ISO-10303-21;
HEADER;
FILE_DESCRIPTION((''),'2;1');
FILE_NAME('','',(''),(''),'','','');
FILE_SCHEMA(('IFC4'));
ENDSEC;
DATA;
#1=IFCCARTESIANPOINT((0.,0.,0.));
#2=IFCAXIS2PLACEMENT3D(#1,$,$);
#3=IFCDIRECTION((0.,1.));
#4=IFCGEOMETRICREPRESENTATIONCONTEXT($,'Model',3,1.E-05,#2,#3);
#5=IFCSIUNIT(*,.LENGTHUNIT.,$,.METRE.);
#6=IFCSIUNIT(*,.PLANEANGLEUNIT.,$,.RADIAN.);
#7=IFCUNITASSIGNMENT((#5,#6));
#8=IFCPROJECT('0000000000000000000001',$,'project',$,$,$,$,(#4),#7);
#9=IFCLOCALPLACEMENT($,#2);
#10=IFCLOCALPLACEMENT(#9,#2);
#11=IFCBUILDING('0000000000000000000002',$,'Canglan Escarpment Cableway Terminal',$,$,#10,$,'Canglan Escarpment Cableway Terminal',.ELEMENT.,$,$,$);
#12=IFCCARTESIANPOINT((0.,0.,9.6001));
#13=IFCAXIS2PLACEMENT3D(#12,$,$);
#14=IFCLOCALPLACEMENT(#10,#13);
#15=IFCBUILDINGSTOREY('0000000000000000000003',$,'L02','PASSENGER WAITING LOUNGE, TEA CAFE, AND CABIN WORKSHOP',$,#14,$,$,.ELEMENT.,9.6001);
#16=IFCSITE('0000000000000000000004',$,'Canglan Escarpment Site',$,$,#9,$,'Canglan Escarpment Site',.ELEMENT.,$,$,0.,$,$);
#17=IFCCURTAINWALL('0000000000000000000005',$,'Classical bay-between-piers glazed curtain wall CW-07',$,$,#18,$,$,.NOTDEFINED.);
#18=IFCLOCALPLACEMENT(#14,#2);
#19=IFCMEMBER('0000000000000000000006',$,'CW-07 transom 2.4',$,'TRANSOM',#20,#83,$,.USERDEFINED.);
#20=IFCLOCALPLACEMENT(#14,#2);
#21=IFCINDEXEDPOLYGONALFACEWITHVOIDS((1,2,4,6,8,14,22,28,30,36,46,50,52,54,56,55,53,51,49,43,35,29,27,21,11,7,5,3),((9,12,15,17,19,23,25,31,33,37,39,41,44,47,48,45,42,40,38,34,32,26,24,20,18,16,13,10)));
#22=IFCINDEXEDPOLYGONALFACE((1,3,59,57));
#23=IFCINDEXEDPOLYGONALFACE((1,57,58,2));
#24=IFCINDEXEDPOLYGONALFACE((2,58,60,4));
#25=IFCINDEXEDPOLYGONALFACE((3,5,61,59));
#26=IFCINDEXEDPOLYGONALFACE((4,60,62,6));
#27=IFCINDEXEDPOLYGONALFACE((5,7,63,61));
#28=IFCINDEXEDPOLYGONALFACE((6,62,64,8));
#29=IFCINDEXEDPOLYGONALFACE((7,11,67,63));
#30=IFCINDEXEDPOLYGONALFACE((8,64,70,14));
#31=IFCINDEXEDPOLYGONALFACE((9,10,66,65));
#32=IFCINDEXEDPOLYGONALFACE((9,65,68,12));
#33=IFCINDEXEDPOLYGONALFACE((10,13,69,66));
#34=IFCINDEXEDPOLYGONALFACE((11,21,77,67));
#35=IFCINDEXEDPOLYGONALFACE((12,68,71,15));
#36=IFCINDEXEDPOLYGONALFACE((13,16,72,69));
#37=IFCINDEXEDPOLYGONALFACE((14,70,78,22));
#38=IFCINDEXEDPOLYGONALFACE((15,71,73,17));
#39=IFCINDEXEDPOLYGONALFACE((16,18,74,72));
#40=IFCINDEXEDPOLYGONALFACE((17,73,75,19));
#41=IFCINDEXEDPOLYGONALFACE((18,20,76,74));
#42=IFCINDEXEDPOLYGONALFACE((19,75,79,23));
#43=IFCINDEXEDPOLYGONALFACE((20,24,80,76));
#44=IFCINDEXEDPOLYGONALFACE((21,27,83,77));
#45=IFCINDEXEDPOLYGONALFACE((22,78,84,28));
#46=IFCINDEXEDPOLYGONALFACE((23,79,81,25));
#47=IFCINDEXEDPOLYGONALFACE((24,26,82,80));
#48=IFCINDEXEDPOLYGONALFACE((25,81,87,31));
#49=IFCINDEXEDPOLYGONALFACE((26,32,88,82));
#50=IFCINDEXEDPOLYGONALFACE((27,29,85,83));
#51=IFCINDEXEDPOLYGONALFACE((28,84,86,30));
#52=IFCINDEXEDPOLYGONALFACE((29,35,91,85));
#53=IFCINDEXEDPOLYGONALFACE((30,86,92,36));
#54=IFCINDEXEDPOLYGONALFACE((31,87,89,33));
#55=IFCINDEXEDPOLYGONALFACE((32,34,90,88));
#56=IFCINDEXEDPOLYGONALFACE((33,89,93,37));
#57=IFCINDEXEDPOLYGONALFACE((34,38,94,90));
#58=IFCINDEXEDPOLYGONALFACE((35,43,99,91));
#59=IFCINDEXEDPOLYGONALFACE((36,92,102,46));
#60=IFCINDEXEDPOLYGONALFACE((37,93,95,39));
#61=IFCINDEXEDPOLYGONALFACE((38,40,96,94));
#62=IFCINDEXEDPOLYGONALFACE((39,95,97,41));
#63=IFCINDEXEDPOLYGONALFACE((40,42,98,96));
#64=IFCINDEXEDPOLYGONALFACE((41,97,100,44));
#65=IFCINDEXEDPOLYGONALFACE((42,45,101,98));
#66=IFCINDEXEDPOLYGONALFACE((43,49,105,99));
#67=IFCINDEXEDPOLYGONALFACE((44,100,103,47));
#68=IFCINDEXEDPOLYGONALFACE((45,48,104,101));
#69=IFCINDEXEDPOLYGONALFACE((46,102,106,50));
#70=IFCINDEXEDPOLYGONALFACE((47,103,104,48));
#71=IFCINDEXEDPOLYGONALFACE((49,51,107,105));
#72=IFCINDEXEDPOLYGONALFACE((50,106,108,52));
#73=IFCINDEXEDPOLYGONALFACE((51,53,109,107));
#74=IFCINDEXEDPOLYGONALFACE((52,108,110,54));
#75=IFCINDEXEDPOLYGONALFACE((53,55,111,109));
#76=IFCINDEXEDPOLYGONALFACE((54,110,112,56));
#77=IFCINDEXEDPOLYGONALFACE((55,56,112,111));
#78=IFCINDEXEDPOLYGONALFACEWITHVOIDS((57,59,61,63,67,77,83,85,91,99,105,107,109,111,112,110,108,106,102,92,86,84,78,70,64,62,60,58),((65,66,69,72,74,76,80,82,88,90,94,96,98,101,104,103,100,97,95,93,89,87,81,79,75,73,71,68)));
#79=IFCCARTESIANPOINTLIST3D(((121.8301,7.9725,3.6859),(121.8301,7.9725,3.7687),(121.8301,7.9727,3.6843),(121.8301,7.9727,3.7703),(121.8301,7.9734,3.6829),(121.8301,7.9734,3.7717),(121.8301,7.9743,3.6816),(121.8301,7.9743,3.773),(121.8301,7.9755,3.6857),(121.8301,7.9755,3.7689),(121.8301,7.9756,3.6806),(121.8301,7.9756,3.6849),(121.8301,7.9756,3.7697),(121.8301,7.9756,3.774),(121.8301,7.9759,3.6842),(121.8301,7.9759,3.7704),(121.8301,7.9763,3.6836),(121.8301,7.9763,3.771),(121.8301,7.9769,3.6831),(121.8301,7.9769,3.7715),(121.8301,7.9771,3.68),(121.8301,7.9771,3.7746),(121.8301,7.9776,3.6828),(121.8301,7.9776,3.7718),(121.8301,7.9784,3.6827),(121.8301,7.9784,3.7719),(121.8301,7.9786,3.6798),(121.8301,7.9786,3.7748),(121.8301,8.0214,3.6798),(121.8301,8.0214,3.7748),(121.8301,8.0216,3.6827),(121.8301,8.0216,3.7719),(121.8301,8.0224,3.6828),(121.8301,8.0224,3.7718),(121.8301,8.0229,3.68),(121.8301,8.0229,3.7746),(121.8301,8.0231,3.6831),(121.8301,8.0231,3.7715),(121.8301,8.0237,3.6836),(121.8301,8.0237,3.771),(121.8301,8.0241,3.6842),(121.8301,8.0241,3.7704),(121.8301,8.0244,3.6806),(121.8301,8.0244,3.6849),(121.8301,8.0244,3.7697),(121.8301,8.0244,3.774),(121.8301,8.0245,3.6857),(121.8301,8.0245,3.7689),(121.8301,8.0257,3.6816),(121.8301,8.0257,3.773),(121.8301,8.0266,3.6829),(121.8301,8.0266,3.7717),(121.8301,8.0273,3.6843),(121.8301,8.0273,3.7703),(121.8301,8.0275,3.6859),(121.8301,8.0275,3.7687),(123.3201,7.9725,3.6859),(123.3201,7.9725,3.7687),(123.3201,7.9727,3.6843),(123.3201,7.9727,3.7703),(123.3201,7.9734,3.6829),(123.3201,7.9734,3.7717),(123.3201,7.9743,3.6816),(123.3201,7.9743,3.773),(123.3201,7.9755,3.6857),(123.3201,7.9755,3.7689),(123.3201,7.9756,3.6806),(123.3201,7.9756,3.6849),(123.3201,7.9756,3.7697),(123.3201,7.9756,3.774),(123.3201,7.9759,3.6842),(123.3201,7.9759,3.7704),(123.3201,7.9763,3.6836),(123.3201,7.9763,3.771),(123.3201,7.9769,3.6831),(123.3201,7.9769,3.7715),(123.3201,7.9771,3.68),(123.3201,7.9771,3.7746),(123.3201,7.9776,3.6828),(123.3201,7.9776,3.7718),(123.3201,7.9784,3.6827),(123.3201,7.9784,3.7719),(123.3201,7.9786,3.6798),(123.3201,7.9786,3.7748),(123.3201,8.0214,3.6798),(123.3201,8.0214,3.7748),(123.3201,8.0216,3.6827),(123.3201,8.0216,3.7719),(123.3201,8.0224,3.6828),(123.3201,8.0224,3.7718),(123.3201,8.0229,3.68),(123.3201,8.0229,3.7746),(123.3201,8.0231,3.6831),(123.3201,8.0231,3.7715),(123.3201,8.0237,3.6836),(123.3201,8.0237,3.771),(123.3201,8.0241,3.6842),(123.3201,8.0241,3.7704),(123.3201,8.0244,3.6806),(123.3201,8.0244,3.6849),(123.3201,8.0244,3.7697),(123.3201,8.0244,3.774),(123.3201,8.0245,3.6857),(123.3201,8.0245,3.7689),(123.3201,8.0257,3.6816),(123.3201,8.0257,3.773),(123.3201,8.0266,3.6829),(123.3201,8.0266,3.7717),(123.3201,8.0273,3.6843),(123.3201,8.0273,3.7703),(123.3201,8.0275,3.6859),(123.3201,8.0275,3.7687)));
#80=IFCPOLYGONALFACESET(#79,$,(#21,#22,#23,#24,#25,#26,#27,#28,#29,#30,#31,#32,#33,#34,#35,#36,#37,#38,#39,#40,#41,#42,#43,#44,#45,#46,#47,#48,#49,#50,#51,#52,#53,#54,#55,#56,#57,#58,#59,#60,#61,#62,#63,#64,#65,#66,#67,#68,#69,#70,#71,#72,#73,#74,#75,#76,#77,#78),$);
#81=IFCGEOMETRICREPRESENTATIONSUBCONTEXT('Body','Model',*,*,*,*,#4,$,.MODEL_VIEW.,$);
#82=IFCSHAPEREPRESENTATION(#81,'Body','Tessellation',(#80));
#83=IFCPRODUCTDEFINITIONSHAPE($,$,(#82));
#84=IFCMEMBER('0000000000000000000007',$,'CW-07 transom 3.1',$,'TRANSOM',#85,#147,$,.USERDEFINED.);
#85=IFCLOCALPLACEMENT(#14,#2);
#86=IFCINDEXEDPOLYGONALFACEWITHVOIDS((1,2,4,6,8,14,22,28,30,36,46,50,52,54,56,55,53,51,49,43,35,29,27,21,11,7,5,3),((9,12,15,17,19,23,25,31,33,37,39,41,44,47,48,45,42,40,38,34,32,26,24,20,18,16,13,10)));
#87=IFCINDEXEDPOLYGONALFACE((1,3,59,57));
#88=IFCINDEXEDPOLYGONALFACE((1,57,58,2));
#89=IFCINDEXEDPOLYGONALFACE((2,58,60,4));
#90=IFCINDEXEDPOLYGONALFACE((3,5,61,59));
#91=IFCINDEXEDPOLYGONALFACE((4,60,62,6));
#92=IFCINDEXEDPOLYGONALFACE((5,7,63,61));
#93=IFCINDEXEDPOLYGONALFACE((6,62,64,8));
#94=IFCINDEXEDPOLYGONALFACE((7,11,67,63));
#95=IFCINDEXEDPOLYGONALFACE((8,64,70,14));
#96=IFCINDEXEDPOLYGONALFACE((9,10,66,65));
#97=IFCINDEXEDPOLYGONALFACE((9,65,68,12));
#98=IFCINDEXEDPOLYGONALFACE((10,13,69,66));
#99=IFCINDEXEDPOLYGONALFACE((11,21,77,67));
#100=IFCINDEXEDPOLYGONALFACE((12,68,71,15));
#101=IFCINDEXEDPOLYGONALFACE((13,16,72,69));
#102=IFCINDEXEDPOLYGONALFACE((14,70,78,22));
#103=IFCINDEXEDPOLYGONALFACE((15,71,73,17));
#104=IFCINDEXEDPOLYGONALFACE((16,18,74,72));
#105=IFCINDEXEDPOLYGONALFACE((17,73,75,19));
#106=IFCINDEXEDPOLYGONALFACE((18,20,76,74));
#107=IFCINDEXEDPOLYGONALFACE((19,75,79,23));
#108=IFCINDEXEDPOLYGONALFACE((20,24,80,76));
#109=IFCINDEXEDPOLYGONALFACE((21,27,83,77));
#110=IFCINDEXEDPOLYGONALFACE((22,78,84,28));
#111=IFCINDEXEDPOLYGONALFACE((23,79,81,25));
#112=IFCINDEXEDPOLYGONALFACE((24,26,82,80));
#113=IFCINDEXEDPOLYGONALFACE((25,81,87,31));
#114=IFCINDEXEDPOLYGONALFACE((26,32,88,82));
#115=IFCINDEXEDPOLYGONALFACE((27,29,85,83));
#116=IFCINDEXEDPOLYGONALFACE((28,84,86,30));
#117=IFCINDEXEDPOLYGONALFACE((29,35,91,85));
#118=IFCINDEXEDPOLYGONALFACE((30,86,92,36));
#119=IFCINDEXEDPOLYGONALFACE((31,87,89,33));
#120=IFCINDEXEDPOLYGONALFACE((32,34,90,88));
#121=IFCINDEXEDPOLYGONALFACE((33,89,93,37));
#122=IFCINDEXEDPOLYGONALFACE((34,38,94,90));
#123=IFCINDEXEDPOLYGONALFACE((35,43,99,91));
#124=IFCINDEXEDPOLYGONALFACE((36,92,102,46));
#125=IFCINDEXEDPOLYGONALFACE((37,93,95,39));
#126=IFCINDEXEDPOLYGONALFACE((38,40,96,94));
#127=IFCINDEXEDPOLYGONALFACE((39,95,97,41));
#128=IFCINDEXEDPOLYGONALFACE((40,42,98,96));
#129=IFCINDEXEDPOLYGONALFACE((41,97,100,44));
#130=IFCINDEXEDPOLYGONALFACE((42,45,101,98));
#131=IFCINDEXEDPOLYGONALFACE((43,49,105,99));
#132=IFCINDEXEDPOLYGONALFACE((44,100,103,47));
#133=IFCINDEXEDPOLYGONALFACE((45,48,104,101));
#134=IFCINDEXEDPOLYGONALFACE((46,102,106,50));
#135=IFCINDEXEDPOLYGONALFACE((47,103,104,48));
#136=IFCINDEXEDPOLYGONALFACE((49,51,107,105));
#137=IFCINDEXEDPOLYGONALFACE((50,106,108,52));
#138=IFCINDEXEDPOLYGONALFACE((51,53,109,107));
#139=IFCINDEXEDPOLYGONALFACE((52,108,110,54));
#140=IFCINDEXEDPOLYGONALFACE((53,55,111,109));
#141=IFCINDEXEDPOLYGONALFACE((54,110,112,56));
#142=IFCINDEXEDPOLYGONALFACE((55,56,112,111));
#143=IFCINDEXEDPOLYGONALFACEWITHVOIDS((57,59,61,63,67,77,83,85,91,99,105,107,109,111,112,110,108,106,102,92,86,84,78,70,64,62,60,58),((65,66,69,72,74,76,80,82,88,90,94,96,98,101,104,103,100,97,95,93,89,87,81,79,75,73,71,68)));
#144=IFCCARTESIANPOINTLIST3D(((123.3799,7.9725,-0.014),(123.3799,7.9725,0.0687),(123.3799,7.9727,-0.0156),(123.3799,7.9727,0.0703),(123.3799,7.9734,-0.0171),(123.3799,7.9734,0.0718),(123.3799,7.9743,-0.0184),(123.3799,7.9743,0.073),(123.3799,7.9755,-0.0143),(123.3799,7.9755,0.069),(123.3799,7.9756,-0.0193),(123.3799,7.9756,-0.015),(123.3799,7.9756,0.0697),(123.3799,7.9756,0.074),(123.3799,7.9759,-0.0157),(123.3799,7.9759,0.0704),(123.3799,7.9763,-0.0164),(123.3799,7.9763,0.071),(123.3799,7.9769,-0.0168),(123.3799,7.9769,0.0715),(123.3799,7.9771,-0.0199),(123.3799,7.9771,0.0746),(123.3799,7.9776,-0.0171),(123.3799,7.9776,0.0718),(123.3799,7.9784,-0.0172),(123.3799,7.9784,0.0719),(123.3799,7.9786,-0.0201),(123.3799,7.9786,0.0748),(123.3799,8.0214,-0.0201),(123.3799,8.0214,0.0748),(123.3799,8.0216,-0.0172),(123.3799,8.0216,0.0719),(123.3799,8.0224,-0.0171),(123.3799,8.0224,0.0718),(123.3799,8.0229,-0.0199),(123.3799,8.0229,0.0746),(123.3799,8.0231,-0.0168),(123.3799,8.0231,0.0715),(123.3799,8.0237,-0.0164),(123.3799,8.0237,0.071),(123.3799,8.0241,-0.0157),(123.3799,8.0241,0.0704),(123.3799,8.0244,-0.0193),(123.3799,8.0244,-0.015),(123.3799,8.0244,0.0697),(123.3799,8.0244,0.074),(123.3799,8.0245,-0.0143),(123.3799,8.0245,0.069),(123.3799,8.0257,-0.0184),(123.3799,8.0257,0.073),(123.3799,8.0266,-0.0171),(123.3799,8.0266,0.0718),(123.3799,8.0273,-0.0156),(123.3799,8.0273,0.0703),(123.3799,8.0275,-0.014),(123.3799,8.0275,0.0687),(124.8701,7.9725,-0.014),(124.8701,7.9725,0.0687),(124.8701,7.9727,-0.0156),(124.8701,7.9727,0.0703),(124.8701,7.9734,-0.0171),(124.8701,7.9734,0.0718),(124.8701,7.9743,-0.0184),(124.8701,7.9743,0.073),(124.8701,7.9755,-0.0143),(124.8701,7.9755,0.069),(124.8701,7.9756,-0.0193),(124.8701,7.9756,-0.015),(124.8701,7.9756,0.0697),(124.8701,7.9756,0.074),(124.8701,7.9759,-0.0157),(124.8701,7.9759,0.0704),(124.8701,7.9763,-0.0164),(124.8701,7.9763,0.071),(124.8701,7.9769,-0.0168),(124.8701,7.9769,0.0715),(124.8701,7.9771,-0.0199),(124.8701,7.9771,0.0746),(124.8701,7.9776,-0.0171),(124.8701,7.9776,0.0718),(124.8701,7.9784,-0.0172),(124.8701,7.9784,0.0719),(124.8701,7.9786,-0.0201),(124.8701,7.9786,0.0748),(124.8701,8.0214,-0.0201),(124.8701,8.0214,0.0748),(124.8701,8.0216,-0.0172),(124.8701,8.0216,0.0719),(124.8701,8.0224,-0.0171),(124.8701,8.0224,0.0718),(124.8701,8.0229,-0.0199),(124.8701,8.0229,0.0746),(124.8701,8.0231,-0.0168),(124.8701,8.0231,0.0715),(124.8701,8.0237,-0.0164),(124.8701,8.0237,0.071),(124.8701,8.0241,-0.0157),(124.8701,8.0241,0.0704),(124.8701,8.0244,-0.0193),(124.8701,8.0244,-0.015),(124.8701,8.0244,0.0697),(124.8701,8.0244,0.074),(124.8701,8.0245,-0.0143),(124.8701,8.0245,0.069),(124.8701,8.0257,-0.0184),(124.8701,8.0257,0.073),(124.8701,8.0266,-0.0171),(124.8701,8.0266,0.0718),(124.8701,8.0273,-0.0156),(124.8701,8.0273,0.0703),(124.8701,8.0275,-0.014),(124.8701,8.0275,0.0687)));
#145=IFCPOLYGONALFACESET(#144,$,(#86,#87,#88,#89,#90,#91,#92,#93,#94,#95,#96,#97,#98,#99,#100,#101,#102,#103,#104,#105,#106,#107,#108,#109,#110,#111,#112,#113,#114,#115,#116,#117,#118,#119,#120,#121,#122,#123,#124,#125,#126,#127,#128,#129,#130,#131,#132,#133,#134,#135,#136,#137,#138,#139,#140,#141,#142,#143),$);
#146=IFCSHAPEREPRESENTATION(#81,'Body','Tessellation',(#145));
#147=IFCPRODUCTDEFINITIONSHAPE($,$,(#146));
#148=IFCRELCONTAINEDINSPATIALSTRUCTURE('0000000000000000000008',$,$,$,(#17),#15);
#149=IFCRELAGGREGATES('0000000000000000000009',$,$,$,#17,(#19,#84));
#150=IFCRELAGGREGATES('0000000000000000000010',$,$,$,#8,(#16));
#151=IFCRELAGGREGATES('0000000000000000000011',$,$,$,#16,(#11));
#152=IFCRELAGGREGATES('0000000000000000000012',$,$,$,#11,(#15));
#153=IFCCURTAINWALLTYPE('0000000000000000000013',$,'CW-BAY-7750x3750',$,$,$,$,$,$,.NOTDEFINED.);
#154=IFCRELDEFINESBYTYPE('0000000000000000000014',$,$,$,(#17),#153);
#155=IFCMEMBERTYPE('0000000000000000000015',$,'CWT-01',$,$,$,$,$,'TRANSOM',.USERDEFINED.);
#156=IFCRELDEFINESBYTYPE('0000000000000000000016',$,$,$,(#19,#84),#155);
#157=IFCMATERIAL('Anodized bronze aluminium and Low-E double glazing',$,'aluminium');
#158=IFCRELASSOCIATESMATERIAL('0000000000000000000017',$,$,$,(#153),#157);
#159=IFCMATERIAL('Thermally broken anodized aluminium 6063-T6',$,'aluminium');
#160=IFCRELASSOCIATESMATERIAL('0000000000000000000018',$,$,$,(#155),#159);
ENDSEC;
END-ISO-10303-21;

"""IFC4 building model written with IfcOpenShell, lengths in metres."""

from ifc_helpers import new_model, si_unit, direction, frame, origin, origin_2d, place, context, subcontext, project, spatial, hollow_rectangle, extrude, material, material_profile, profile_set, type_object, element, aggregate, save


model = new_model("IFC4")

# Units and contexts
model_context = context("Model", 3, precision=1e-05, world=origin(), true_north=direction((0.0, 1.0)))
body_context = subcontext(model_context, "Body", "Model", "MODEL_VIEW")
ifc_project = project(units=[si_unit("LENGTHUNIT", "METRE"), si_unit("PLANEANGLEUNIT", "RADIAN")], contexts=[model_context])

# Site, building, storey
site_placement = place(None, origin())
site = spatial("IfcSite", under=ifc_project, at=site_placement, Name="Canglan Escarpment Site", LongName="Canglan Escarpment Site", CompositionType="ELEMENT", RefElevation=0.0)
building_placement = place(site_placement, origin())
building = spatial("IfcBuilding", under=site, at=building_placement, Name="Canglan Escarpment Cableway Terminal", LongName="Canglan Escarpment Cableway Terminal", CompositionType="ELEMENT")
storey_placement = place(building_placement, frame((0.0, 0.0, 9.6001)))
storey = spatial("IfcBuildingStorey", under=building, at=storey_placement, Name="L02", Description="PASSENGER WAITING LOUNGE, TEA CAFE, AND CABIN WORKSHOP", CompositionType="ELEMENT", Elevation=9.6001)

# Curtain wall, members
ifc_material_1 = material(Name="Anodized bronze aluminium and Low-E double glazing", Category="aluminium")
curtain_wall_type = type_object("IfcCurtainWallType", Name="CW-BAY-7750x3750", PredefinedType="NOTDEFINED", material=ifc_material_1)
curtain_wall_placement = place(storey_placement, origin())
curtain_wall = element("IfcCurtainWall", 1, at=curtain_wall_placement, inside=storey, type_object=curtain_wall_type, Name="Classical bay-between-piers glazed curtain wall CW-07", PredefinedType="NOTDEFINED")
ifc_material_2 = material(Name="Thermally broken anodized aluminium 6063-T6", Category="aluminium")
ifc_material_profile_1 = material_profile(ifc_material_2, hollow_rectangle(XDim=0.0549, YDim=0.095, WallThickness=0.0029, InnerFilletRadius=0.0029, OuterFilletRadius=0.0061, at=origin_2d()), Name="ALU-TRAN 55x95x3")
ifc_profile_set_1 = profile_set([ifc_material_profile_1], Name="Thermally broken anodized aluminium 6063-T6")
member_type_1 = type_object("IfcMemberType", Name="CWT-01", ElementType="TRANSOM", PredefinedType="USERDEFINED", material=ifc_profile_set_1)
member_1_placement = place(storey_placement, frame((121.8301, 8.0, 3.7273), z_axis=(1.0, 0.0, 0.0), x_axis=(0.0, 1.0, 0.0)))
member_1 = element("IfcMember", 2, at=member_1_placement, type_object=member_type_1, Name="CW-07 transom 2.4", ObjectType="TRANSOM", PredefinedType="USERDEFINED", context=body_context, shape_type="SweptSolid", body=[
    extrude(hollow_rectangle(XDim=0.0549, YDim=0.095, WallThickness=0.0029, InnerFilletRadius=0.0029, OuterFilletRadius=0.0061, at=origin_2d()), origin(), (0.0, 0.0, 1.0), 1.49),
])
member_2_placement = place(storey_placement, frame((123.3799, 8.0, 0.0273), z_axis=(1.0, 0.0, 0.0), x_axis=(0.0, 1.0, 0.0)))
member_2 = element("IfcMember", 3, at=member_2_placement, type_object=member_type_1, Name="CW-07 transom 3.1", ObjectType="TRANSOM", PredefinedType="USERDEFINED", context=body_context, shape_type="SweptSolid", body=[
    extrude(hollow_rectangle(XDim=0.0549, YDim=0.095, WallThickness=0.0029, InnerFilletRadius=0.0029, OuterFilletRadius=0.0061, at=origin_2d()), origin(), (0.0, 0.0, 1.0), 1.4902),
])

aggregate(curtain_wall, [member_1, member_2])

save(model, "model.ifc")
